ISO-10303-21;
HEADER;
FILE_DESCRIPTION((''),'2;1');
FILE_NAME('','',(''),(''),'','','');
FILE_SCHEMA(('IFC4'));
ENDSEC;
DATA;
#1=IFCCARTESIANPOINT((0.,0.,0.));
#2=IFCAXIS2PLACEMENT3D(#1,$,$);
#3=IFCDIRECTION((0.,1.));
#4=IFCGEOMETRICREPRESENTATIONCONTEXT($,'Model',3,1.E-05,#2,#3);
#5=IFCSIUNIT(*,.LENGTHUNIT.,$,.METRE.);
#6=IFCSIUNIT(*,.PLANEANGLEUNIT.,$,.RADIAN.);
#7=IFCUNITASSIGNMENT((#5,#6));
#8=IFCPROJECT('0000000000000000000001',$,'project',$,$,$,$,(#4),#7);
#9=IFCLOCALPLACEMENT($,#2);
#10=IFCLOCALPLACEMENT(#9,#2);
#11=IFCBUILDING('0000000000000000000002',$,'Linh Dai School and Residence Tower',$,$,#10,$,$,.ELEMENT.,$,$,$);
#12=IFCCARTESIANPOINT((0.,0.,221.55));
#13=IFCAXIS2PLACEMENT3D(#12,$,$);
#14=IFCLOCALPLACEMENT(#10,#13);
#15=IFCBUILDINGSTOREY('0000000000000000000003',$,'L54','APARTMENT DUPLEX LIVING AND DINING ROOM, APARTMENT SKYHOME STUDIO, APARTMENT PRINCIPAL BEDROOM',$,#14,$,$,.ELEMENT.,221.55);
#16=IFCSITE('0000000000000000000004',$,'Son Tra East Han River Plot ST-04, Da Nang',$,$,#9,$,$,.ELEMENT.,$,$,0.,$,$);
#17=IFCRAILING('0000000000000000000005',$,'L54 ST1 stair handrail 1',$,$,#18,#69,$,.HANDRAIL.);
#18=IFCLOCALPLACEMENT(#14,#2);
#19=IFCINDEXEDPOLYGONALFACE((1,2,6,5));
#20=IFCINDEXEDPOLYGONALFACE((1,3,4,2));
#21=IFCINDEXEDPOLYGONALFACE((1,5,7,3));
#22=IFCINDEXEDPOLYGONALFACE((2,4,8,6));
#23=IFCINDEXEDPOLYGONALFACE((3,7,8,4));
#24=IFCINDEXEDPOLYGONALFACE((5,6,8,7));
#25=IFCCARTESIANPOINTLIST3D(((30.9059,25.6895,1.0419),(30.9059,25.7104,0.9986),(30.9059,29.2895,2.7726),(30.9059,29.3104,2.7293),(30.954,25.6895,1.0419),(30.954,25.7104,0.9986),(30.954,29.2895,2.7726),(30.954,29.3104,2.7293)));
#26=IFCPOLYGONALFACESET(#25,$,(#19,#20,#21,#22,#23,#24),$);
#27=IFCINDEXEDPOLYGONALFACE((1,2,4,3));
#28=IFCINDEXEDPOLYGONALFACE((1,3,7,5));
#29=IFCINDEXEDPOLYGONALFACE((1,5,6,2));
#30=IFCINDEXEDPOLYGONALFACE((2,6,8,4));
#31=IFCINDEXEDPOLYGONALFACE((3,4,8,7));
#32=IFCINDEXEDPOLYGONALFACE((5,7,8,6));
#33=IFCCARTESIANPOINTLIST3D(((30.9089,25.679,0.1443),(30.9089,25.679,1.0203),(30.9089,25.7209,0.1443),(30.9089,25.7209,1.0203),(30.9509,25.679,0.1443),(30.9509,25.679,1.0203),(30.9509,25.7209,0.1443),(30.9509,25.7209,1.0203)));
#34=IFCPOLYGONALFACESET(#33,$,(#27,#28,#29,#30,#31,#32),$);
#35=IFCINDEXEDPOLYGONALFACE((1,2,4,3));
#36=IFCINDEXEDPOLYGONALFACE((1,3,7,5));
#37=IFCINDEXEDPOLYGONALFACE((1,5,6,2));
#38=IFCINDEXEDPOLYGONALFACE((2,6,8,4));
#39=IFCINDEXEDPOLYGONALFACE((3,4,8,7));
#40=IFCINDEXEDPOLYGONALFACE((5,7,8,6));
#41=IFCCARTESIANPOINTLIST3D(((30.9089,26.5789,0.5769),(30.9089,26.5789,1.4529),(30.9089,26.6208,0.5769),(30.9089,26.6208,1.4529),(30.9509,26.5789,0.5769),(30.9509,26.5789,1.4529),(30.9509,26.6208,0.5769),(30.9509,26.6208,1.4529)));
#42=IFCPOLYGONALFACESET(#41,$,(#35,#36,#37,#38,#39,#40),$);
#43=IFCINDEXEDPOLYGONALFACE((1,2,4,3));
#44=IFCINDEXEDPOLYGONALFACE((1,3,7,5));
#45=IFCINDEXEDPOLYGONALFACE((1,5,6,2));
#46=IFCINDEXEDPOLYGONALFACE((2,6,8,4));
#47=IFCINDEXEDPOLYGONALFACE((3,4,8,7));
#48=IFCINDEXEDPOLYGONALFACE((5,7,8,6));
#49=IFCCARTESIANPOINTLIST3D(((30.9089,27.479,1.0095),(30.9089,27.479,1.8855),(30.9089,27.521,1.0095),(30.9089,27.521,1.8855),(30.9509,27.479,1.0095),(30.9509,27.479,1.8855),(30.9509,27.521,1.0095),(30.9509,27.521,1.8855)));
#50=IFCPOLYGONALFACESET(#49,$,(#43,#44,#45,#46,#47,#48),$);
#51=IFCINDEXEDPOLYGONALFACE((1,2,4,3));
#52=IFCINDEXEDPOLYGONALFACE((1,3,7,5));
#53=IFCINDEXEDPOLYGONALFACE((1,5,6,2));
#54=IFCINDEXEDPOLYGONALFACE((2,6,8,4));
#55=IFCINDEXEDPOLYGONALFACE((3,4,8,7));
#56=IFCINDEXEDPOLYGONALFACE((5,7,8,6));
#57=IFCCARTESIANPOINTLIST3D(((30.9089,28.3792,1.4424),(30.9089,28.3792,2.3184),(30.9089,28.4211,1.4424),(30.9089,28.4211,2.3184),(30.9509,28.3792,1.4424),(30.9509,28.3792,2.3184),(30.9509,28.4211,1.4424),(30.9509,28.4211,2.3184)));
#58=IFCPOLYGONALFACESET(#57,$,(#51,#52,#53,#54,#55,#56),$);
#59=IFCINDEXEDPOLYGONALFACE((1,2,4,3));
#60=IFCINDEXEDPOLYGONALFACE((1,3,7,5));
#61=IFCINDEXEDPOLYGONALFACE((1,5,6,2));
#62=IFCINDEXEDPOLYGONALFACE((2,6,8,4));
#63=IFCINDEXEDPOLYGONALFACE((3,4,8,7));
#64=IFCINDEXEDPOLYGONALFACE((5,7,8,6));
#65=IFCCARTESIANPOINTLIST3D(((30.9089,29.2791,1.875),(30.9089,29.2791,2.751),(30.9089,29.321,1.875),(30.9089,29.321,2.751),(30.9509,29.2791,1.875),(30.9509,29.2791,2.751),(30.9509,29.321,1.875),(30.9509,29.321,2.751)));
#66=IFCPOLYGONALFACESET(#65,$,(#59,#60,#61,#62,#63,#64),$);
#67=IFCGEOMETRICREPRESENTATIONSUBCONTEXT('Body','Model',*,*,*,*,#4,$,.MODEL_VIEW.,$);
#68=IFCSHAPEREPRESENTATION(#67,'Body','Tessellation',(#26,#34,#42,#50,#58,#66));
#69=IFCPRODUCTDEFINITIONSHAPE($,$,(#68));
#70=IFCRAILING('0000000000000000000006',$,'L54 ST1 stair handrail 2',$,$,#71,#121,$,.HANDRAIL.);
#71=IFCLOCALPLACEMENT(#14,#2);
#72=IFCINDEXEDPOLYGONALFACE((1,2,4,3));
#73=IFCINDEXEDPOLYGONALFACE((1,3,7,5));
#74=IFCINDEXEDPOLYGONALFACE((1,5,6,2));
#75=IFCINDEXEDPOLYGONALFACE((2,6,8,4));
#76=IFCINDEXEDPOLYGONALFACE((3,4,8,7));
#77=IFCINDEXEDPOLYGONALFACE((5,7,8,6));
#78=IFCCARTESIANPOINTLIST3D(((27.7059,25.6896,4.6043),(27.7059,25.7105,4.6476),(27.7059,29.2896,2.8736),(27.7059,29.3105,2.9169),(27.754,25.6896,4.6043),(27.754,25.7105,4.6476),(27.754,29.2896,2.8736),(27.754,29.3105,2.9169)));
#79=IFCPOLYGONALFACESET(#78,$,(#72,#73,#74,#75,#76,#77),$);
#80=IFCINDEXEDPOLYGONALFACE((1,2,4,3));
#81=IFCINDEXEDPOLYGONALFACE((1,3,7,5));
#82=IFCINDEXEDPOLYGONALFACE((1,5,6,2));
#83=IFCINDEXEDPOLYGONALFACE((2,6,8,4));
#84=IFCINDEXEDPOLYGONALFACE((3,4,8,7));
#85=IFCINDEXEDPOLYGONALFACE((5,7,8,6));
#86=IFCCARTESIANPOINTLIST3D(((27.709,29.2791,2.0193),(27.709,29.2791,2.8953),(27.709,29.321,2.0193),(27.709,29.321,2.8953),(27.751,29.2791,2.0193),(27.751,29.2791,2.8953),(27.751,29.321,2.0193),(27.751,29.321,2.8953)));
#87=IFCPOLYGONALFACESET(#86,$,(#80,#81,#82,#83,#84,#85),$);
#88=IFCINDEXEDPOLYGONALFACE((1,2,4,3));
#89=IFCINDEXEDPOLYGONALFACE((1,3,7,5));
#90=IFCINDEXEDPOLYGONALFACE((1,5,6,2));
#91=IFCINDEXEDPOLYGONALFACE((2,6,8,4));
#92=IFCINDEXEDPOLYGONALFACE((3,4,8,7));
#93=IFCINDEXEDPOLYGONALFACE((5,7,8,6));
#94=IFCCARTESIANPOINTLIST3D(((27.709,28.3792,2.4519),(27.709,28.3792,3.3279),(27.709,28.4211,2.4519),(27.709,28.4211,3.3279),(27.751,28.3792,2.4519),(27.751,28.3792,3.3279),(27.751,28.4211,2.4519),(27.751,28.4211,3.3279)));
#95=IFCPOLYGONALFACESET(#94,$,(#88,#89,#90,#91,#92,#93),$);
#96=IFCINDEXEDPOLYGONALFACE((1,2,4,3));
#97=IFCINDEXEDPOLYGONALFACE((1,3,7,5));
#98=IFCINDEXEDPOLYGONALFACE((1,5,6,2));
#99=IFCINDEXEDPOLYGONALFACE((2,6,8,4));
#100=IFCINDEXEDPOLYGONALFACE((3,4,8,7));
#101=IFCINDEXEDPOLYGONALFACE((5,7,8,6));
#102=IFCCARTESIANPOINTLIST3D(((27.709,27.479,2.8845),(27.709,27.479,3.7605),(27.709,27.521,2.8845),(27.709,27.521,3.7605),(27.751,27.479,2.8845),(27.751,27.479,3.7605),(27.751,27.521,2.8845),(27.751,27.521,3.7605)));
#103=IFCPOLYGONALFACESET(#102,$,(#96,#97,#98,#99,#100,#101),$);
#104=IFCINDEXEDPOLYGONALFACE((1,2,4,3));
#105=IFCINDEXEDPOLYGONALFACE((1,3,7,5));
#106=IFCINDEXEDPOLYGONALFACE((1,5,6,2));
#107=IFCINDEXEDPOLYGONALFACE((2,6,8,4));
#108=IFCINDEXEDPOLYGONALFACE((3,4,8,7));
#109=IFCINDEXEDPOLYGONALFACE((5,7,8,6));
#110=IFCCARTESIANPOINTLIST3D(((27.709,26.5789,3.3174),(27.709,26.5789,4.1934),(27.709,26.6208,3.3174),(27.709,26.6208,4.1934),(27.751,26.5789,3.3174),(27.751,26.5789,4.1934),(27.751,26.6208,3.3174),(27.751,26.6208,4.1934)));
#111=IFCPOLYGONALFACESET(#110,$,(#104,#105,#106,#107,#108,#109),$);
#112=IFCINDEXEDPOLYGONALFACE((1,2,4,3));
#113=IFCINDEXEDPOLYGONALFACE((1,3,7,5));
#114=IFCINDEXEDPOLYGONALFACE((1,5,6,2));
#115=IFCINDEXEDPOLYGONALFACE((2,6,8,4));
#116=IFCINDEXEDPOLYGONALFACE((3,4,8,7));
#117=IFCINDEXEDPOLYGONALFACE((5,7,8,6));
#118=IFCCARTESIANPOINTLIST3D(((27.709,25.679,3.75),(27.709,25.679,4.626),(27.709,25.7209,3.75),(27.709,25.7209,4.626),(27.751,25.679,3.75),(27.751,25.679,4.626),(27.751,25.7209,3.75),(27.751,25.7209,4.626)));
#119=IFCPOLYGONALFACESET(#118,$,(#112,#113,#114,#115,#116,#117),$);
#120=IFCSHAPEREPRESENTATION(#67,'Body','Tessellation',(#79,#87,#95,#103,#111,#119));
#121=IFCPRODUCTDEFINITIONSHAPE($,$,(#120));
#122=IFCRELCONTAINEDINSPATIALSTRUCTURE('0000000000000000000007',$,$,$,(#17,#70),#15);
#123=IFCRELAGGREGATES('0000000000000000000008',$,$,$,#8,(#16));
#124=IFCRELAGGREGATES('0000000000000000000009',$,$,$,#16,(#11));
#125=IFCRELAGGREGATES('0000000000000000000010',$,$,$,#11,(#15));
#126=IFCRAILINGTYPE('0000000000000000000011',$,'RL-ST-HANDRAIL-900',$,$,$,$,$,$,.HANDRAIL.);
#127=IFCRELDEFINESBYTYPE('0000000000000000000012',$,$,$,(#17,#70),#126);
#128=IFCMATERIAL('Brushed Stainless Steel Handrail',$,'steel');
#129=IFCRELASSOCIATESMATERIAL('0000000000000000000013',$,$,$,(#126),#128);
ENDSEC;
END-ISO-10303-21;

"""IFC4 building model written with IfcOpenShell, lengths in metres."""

from ifc_helpers import new_model, si_unit, direction, frame, origin, origin_2d, place, context, subcontext, project, spatial, rectangle, extrude, source, transform, mapped, material, type_object, element, save


model = new_model("IFC4")

# Units and contexts
model_context = context("Model", 3, precision=1e-05, world=origin(), true_north=direction((0.0, 1.0)))
body_context = subcontext(model_context, "Body", "Model", "MODEL_VIEW")
ifc_project = project(units=[si_unit("LENGTHUNIT", "METRE"), si_unit("PLANEANGLEUNIT", "RADIAN")], contexts=[model_context])

# Site, building, storey
site_placement = place(None, origin())
site = spatial("IfcSite", under=ifc_project, at=site_placement, Name="Son Tra East Han River Plot ST-04, Da Nang", CompositionType="ELEMENT", RefElevation=0.0)
building_placement = place(site_placement, origin())
building = spatial("IfcBuilding", under=site, at=building_placement, Name="Linh Dai School and Residence Tower", CompositionType="ELEMENT")
storey_placement = place(building_placement, frame((0.0, 0.0, 221.55)))
storey = spatial("IfcBuildingStorey", under=building, at=storey_placement, Name="L54", Description="APARTMENT DUPLEX LIVING AND DINING ROOM, APARTMENT SKYHOME STUDIO, APARTMENT PRINCIPAL BEDROOM", CompositionType="ELEMENT", Elevation=221.55)

# Railings
ifc_material_1 = material(Name="Brushed Stainless Steel Handrail", Category="steel")
railing_type_1 = type_object("IfcRailingType", Name="RL-ST-HANDRAIL-900", PredefinedType="HANDRAIL", material=ifc_material_1)
shared_shape_1 = source(origin(), body_context, "Body", "SweptSolid", [
    extrude(rectangle(XDim=0.0481, YDim=0.0481, at=origin_2d()), frame((0.0, 0.0, 0.876), z_axis=(0.0, 0.901263, 0.433273), x_axis=(-1.0, 0.0, 0.0)), (0.0, 0.0, 1.0), 3.9944),
    extrude(rectangle(XDim=0.042, YDim=0.042, at=origin_2d()), origin(), (0.0, 0.0, 1.0), 0.876),
    extrude(rectangle(XDim=0.042, YDim=0.042, at=origin_2d()), frame((0.0, 0.8999, 0.4326)), (0.0, 0.0, 1.0), 0.876),
    extrude(rectangle(XDim=0.042, YDim=0.042, at=origin_2d()), frame((0.0, 1.8, 0.8652)), (0.0, 0.0, 1.0), 0.876),
    extrude(rectangle(XDim=0.042, YDim=0.042, at=origin_2d()), frame((0.0, 2.7002, 1.2981)), (0.0, 0.0, 1.0), 0.876),
    extrude(rectangle(XDim=0.042, YDim=0.042, at=origin_2d()), frame((0.0, 3.6001, 1.7307)), (0.0, 0.0, 1.0), 0.876),
])
railing_1_placement = place(storey_placement, frame((30.9299, 25.7, 0.1443)))
element("IfcRailing", 1, at=railing_1_placement, inside=storey, type_object=railing_type_1, Name="L54 ST1 stair handrail 1", PredefinedType="HANDRAIL", context=body_context, shape_type="MappedRepresentation", body=[
    mapped(shared_shape_1, transform((0.0, 0.0, 0.0), x_axis=(1.0, 0.0, 0.0), y_axis=(0.0, 1.0, 0.0), z_axis=(0.0, 0.0, 1.0), scale=1.0)),
])
shared_shape_2 = source(origin(), body_context, "Body", "SweptSolid", [
    extrude(rectangle(XDim=0.0481, YDim=0.0481, at=origin_2d()), frame((0.0, 0.0, 0.876), z_axis=(0.0, -0.901263, 0.433273), x_axis=(1.0, 0.0, 0.0)), (0.0, 0.0, 1.0), 3.9944),
    extrude(rectangle(XDim=0.042, YDim=0.042, at=origin_2d()), origin(), (0.0, 0.0, 1.0), 0.876),
    extrude(rectangle(XDim=0.042, YDim=0.042, at=origin_2d()), frame((0.0, -0.8999, 0.4326)), (0.0, 0.0, 1.0), 0.876),
    extrude(rectangle(XDim=0.042, YDim=0.042, at=origin_2d()), frame((0.0, -1.8, 0.8652)), (0.0, 0.0, 1.0), 0.876),
    extrude(rectangle(XDim=0.042, YDim=0.042, at=origin_2d()), frame((0.0, -2.7002, 1.2981)), (0.0, 0.0, 1.0), 0.876),
    extrude(rectangle(XDim=0.042, YDim=0.042, at=origin_2d()), frame((0.0, -3.6001, 1.7307)), (0.0, 0.0, 1.0), 0.876),
])
railing_2_placement = place(storey_placement, frame((27.73, 29.3, 2.0193)))
element("IfcRailing", 2, at=railing_2_placement, inside=storey, type_object=railing_type_1, Name="L54 ST1 stair handrail 2", PredefinedType="HANDRAIL", context=body_context, shape_type="MappedRepresentation", body=[
    mapped(shared_shape_2, transform((0.0, 0.0, 0.0), x_axis=(1.0, 0.0, 0.0), y_axis=(0.0, 1.0, 0.0), z_axis=(0.0, 0.0, 1.0), scale=1.0)),
])

save(model, "model.ifc")
